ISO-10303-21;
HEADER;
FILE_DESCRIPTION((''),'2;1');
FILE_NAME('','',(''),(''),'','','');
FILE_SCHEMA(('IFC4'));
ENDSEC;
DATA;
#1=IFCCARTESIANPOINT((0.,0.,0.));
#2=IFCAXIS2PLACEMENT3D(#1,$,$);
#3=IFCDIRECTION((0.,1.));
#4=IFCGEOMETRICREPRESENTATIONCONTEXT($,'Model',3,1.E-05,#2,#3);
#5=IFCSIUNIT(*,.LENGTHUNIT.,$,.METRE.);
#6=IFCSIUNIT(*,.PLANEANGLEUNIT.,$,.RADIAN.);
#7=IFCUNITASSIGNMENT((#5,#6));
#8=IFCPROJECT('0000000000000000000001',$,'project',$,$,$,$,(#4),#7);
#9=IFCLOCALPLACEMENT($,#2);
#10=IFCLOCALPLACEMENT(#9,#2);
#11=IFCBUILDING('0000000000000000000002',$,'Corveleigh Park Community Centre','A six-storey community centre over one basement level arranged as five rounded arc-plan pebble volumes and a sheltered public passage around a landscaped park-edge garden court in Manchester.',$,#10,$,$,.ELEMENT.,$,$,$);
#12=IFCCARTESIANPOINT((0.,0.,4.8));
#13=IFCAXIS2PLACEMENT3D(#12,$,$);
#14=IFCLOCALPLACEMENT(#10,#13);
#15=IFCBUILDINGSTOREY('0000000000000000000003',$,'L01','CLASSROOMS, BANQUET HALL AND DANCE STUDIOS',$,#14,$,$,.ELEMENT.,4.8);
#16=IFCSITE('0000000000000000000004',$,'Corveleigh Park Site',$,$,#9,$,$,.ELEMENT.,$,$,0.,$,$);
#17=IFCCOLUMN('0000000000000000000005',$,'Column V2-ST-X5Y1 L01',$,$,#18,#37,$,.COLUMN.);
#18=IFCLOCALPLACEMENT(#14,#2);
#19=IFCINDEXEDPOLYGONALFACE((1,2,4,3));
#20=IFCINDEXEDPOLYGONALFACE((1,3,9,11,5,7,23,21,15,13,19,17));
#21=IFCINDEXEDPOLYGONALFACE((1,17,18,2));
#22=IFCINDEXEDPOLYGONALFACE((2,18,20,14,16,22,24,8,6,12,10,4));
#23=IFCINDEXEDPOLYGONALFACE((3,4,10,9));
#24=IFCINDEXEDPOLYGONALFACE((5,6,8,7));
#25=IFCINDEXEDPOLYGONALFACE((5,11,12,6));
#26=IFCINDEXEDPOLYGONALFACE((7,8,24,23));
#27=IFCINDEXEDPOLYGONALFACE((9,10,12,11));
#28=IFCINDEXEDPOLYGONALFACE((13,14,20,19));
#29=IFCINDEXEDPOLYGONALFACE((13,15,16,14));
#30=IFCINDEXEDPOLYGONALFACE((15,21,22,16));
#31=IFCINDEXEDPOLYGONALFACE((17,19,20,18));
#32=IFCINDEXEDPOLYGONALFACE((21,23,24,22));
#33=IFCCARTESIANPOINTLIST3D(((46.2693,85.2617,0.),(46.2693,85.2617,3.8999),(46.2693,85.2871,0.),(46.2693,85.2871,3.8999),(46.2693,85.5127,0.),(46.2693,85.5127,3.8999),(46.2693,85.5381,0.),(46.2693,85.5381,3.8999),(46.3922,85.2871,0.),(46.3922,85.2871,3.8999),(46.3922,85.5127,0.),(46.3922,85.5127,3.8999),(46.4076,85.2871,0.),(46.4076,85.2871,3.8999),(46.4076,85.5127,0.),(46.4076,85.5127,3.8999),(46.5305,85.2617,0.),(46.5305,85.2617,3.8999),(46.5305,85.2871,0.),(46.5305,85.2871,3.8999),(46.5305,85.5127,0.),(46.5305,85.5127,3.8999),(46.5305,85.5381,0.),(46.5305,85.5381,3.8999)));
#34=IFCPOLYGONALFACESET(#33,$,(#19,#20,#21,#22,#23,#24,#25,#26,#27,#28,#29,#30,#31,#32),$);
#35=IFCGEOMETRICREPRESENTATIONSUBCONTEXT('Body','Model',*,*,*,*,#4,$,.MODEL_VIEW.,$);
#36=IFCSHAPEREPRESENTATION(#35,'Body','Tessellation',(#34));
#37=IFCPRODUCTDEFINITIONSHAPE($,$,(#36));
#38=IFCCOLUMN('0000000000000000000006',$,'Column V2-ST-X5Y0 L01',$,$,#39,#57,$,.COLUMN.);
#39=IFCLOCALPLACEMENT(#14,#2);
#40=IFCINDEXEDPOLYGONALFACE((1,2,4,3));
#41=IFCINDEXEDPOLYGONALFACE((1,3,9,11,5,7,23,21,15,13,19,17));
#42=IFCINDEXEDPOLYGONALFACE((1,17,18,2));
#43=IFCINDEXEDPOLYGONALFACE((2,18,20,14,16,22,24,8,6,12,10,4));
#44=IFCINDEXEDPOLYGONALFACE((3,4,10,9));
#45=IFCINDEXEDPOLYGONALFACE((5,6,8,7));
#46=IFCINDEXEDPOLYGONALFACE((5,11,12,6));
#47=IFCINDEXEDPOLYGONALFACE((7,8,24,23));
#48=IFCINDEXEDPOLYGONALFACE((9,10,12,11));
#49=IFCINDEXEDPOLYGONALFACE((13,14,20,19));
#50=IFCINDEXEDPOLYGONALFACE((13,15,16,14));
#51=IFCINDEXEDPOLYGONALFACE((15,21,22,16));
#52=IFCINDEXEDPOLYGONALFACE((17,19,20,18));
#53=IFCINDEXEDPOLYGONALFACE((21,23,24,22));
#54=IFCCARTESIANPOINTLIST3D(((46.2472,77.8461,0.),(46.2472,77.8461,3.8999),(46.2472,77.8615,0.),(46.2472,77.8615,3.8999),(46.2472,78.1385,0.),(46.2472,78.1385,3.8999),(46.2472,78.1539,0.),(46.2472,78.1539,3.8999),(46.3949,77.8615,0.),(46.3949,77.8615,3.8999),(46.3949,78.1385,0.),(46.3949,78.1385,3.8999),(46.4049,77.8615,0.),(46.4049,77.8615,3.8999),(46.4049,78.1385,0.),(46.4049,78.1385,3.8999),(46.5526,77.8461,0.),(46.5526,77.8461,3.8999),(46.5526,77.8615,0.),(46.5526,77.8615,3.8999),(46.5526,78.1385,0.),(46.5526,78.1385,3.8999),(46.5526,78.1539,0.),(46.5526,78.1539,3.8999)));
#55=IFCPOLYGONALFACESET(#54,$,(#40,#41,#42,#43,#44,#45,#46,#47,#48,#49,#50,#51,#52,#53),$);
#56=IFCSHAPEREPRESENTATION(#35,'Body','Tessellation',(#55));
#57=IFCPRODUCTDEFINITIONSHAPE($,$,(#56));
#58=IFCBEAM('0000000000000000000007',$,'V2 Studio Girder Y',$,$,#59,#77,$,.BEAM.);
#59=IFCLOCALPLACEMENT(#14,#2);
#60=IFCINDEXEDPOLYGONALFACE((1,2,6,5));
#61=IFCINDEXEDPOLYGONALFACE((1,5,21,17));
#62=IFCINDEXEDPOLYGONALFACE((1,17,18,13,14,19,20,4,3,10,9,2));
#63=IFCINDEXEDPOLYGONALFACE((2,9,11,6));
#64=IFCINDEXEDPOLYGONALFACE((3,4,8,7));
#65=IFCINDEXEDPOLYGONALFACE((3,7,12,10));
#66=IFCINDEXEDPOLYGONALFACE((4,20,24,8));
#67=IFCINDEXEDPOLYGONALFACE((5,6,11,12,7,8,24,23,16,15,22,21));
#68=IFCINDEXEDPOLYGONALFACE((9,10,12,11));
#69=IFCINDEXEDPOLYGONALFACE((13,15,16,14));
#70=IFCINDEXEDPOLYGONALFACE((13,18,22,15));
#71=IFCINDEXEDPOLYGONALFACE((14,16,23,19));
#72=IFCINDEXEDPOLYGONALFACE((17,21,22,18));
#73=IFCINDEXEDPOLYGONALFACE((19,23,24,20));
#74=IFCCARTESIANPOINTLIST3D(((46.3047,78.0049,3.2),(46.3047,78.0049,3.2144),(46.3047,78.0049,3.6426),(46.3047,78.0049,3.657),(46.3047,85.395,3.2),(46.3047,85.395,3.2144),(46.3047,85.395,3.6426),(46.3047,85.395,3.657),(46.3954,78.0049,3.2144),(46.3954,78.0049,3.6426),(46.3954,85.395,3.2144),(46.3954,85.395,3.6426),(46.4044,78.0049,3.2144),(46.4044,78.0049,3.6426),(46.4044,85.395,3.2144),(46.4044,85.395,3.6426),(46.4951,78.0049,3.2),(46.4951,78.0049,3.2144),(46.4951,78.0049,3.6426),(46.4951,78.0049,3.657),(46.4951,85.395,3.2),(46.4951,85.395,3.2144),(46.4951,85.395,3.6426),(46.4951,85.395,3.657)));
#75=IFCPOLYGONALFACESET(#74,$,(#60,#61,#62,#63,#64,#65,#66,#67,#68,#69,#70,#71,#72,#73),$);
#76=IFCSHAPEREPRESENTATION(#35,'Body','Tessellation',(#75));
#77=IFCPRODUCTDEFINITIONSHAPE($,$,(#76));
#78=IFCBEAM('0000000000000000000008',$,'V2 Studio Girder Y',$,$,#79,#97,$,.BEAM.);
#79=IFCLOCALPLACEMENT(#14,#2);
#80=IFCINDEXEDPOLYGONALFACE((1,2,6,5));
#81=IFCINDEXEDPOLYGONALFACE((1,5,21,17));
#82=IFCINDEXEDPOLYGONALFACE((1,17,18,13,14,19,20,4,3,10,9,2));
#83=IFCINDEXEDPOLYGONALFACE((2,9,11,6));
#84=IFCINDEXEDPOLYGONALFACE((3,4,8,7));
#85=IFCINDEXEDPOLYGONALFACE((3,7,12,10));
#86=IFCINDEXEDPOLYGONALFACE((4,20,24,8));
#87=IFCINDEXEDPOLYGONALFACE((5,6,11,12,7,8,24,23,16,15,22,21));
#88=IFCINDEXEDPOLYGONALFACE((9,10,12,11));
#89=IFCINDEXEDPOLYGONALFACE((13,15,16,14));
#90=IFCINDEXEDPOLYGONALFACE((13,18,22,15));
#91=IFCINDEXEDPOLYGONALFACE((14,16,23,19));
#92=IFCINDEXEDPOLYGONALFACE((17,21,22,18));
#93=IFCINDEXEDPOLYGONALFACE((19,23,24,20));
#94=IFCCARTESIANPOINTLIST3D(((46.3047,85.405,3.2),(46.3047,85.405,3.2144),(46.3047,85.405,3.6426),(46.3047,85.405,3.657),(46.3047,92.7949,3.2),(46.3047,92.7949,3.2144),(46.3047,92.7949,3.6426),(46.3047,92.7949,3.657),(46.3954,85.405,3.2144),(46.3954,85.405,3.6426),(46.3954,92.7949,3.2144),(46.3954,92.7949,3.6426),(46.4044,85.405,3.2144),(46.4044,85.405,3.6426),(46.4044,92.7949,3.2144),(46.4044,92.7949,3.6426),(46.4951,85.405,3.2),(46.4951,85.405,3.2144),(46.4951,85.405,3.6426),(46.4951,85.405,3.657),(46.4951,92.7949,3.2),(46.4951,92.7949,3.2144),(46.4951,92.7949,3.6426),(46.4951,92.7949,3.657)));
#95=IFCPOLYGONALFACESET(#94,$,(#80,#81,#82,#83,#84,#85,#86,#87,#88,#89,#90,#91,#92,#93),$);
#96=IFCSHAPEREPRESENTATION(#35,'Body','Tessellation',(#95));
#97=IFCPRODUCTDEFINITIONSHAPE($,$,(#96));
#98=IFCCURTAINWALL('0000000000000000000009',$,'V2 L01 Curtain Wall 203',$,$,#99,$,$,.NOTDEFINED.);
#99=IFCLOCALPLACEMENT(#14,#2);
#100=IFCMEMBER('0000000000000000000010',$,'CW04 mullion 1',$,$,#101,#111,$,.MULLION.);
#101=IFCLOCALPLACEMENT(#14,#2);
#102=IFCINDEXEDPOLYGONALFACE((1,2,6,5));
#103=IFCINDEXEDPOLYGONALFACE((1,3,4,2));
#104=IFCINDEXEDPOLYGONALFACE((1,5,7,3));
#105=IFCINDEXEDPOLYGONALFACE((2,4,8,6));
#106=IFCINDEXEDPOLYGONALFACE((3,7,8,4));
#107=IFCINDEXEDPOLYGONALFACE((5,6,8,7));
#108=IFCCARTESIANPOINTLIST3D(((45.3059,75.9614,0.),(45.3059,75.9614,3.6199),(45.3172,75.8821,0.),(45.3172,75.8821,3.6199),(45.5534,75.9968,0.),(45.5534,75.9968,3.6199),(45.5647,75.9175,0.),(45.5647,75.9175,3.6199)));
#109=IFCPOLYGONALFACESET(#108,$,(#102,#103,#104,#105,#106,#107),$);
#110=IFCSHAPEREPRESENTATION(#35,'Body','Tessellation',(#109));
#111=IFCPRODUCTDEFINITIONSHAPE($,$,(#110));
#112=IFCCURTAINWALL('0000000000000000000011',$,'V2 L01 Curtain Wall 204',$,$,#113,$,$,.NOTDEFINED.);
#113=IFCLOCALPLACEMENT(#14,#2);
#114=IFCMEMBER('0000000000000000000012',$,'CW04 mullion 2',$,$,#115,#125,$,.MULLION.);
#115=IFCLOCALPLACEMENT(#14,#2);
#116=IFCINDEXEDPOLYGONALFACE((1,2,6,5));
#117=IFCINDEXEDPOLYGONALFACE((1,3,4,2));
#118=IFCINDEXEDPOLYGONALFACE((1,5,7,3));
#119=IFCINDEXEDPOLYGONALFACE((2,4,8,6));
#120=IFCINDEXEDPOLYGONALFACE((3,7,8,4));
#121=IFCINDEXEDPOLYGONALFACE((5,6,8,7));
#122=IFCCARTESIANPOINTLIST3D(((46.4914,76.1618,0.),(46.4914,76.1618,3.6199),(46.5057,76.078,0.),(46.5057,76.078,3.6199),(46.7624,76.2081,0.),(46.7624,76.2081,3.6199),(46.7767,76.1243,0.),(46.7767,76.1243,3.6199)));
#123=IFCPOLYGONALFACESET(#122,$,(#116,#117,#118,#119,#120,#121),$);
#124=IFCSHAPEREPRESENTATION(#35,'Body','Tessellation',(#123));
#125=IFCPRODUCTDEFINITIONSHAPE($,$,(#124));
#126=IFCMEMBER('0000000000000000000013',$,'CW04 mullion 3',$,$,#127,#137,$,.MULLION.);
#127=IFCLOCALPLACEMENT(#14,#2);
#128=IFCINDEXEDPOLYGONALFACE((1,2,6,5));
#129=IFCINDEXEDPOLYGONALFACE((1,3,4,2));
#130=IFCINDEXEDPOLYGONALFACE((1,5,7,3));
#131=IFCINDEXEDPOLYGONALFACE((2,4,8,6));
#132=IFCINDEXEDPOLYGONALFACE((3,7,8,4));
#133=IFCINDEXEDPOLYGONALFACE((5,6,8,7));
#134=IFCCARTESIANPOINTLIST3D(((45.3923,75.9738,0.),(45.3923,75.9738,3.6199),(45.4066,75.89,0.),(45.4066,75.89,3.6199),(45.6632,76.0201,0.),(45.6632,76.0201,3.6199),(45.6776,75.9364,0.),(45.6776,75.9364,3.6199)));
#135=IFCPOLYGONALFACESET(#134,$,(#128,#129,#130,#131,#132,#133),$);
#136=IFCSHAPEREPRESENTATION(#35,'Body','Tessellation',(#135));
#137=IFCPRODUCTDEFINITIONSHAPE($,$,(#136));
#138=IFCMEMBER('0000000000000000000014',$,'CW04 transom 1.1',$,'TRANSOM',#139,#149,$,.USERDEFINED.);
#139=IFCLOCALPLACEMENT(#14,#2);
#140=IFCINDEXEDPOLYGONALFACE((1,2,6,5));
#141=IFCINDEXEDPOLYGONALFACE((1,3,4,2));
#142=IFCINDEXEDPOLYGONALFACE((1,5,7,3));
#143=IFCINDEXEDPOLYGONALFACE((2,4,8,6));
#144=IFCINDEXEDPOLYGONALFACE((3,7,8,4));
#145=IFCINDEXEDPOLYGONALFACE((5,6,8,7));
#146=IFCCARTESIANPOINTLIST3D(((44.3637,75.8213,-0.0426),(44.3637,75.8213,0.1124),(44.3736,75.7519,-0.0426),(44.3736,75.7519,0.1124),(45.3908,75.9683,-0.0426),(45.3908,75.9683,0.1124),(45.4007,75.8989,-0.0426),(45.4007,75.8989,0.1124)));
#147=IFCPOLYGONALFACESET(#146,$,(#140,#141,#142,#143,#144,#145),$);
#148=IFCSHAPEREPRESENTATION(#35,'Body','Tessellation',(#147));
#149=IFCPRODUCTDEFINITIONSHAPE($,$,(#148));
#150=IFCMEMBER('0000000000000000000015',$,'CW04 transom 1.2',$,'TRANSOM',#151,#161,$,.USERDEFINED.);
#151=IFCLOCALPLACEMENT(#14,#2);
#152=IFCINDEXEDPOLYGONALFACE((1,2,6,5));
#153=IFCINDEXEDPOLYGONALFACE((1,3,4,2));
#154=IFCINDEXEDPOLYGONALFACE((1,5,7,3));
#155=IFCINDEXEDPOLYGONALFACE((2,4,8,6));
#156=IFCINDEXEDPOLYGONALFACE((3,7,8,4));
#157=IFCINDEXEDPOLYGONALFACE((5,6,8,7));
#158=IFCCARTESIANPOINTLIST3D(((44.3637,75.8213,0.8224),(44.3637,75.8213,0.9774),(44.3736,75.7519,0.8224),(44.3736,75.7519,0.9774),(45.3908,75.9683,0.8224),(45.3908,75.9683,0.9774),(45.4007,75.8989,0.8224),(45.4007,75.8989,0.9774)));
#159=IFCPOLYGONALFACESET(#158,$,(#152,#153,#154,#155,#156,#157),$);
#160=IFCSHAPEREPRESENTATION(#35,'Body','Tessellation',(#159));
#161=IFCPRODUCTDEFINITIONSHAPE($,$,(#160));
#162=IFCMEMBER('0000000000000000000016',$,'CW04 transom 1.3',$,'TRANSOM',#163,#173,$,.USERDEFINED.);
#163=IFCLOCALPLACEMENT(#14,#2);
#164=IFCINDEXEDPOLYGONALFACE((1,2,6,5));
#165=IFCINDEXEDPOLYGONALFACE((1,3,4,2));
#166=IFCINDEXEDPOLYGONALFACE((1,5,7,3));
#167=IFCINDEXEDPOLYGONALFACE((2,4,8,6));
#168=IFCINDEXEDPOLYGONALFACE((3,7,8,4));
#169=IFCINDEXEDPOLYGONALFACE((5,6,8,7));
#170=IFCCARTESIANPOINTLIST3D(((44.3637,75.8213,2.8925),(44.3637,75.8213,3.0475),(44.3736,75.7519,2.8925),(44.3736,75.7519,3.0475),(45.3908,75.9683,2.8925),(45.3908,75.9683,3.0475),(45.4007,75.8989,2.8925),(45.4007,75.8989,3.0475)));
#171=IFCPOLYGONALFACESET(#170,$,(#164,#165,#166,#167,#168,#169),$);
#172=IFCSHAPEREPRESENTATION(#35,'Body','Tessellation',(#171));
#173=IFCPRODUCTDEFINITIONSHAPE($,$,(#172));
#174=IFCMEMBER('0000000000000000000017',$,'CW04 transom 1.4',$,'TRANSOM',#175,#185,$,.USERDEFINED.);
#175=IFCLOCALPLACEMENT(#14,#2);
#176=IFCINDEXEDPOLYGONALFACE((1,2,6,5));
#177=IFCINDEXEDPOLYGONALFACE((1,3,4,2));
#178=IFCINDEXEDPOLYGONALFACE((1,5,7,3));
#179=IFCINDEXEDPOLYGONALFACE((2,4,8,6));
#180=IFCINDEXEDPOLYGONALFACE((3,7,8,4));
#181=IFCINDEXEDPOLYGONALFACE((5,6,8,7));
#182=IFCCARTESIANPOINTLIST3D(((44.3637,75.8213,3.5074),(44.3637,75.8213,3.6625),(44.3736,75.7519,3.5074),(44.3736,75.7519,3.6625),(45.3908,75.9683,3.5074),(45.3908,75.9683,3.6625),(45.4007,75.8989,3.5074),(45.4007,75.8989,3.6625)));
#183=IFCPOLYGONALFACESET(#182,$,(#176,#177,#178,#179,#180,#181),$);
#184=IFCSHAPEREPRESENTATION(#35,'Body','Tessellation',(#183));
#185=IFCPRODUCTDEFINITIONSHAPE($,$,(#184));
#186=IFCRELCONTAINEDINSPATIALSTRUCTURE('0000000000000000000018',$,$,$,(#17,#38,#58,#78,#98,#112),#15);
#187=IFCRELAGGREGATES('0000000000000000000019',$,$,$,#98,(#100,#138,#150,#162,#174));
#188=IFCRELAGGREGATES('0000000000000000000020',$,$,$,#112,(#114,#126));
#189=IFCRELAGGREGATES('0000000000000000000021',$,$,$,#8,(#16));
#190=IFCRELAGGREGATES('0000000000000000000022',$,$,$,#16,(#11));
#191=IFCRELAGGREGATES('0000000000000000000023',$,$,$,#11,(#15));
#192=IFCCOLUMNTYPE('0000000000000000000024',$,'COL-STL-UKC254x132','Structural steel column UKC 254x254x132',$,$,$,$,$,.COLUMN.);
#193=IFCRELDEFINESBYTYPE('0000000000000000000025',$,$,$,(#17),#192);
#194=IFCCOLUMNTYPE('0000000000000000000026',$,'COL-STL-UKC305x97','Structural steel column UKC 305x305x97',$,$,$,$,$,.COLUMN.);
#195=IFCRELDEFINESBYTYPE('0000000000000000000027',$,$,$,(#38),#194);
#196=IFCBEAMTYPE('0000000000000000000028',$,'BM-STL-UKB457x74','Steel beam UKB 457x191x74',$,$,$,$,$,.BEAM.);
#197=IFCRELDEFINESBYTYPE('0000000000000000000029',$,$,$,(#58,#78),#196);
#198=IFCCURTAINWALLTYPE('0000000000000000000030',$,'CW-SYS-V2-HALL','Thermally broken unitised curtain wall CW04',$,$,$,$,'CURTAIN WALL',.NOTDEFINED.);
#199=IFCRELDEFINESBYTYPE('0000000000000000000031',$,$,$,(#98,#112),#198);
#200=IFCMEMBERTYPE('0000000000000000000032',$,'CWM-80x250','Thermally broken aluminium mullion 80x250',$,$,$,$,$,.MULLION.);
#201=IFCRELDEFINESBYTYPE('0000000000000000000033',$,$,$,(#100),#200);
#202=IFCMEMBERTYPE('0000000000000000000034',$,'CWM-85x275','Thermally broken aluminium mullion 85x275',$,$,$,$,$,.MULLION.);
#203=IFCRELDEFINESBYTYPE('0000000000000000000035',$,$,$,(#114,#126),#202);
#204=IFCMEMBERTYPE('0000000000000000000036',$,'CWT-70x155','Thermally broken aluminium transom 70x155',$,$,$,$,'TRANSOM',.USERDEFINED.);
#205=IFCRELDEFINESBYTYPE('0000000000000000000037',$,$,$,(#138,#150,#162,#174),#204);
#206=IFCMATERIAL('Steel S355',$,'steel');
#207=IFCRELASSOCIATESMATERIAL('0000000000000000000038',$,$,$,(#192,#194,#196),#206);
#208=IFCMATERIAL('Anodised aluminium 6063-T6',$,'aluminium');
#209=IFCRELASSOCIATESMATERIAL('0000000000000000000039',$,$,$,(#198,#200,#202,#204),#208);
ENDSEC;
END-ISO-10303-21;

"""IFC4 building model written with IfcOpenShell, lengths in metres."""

from ifc_helpers import new_model, si_unit, direction, frame, origin, origin_2d, place, context, subcontext, project, spatial, rectangle, i_section, extrude, material, material_profile, profile_set, type_object, element, aggregate, save


model = new_model("IFC4")

# Units and contexts
model_context = context("Model", 3, precision=1e-05, world=origin(), true_north=direction((0.0, 1.0)))
body_context = subcontext(model_context, "Body", "Model", "MODEL_VIEW")
ifc_project = project(units=[si_unit("LENGTHUNIT", "METRE"), si_unit("PLANEANGLEUNIT", "RADIAN")], contexts=[model_context])

# Site, building, storey
site_placement = place(None, origin())
site = spatial("IfcSite", under=ifc_project, at=site_placement, Name="Corveleigh Park Site", CompositionType="ELEMENT", RefElevation=0.0)
building_placement = place(site_placement, origin())
building = spatial("IfcBuilding", under=site, at=building_placement, Name="Corveleigh Park Community Centre", Description="A six-storey community centre over one basement level arranged as five rounded arc-plan pebble volumes and a sheltered public passage around a landscaped park-edge garden court in Manchester.", CompositionType="ELEMENT")
storey_placement = place(building_placement, frame((0.0, 0.0, 4.8)))
storey = spatial("IfcBuildingStorey", under=building, at=storey_placement, Name="L01", Description="CLASSROOMS, BANQUET HALL AND DANCE STUDIOS", CompositionType="ELEMENT", Elevation=4.8)

# Columns
ifc_material_1 = material(Name="Steel S355", Category="steel")
ifc_material_profile_1 = material_profile(ifc_material_1, i_section(OverallWidth=0.2612, OverallDepth=0.2764, WebThickness=0.0154, FlangeThickness=0.0254, at=origin_2d()), Name="UKC 254x254x132", Category="steel")
ifc_profile_set_1 = profile_set([ifc_material_profile_1], Name="Steel S355")
column_type_1 = type_object("IfcColumnType", Name="COL-STL-UKC254x132", Description="Structural steel column UKC 254x254x132", PredefinedType="COLUMN", material=ifc_profile_set_1)
column_1_placement = place(storey_placement, frame((46.3999, 85.3999, 0.0), z_axis=(0.0, 0.0, 1.0), x_axis=(1.0, 0.0, 0.0)))
element("IfcColumn", 1, at=column_1_placement, inside=storey, type_object=column_type_1, Name="Column V2-ST-X5Y1 L01", PredefinedType="COLUMN", context=body_context, shape_type="SweptSolid", body=[
    extrude(i_section(OverallWidth=0.2612, OverallDepth=0.2764, WebThickness=0.0154, FlangeThickness=0.0254, at=origin_2d()), origin(), (0.0, 0.0, 1.0), 3.8999),
])
ifc_material_profile_2 = material_profile(ifc_material_1, i_section(OverallWidth=0.3054, OverallDepth=0.3079, WebThickness=0.01, FlangeThickness=0.0154, at=origin_2d()), Name="UKC 305x305x97", Category="steel")
ifc_profile_set_2 = profile_set([ifc_material_profile_2], Name="Steel S355")
column_type_2 = type_object("IfcColumnType", Name="COL-STL-UKC305x97", Description="Structural steel column UKC 305x305x97", PredefinedType="COLUMN", material=ifc_profile_set_2)
column_2_placement = place(storey_placement, frame((46.3999, 78.0, 0.0), z_axis=(0.0, 0.0, 1.0), x_axis=(1.0, 0.0, 0.0)))
element("IfcColumn", 2, at=column_2_placement, inside=storey, type_object=column_type_2, Name="Column V2-ST-X5Y0 L01", PredefinedType="COLUMN", context=body_context, shape_type="SweptSolid", body=[
    extrude(i_section(OverallWidth=0.3054, OverallDepth=0.3079, WebThickness=0.01, FlangeThickness=0.0154, at=origin_2d()), origin(), (0.0, 0.0, 1.0), 3.8999),
])

# Beams
ifc_material_profile_3 = material_profile(ifc_material_1, i_section(OverallWidth=0.1904, OverallDepth=0.457, WebThickness=0.009, FlangeThickness=0.0144, at=origin_2d()), Name="UKB 457x191x74", Category="steel")
ifc_profile_set_3 = profile_set([ifc_material_profile_3], Name="Steel S355")
beam_type = type_object("IfcBeamType", Name="BM-STL-UKB457x74", Description="Steel beam UKB 457x191x74", PredefinedType="BEAM", material=ifc_profile_set_3)
beam_1_placement = place(storey_placement, frame((46.3999, 78.0049, 3.4285), z_axis=(0.0, 1.0, 0.0), x_axis=(-1.0, 0.0, 0.0)))
element("IfcBeam", 3, at=beam_1_placement, inside=storey, type_object=beam_type, Name="V2 Studio Girder Y", PredefinedType="BEAM", context=body_context, shape_type="SweptSolid", body=[
    extrude(i_section(OverallWidth=0.1904, OverallDepth=0.457, WebThickness=0.009, FlangeThickness=0.0144, at=origin_2d()), origin(), (0.0, 0.0, 1.0), 7.3901),
])
beam_2_placement = place(storey_placement, frame((46.3999, 85.405, 3.4285), z_axis=(0.0, 1.0, 0.0), x_axis=(-1.0, 0.0, 0.0)))
element("IfcBeam", 4, at=beam_2_placement, inside=storey, type_object=beam_type, Name="V2 Studio Girder Y", PredefinedType="BEAM", context=body_context, shape_type="SweptSolid", body=[
    extrude(i_section(OverallWidth=0.1904, OverallDepth=0.457, WebThickness=0.009, FlangeThickness=0.0144, at=origin_2d()), origin(), (0.0, 0.0, 1.0), 7.3899),
])

# Curtain wall, member
ifc_material_2 = material(Name="Anodised aluminium 6063-T6", Category="aluminium")
curtain_wall_type = type_object("IfcCurtainWallType", Name="CW-SYS-V2-HALL", Description="Thermally broken unitised curtain wall CW04", ElementType="CURTAIN WALL", PredefinedType="NOTDEFINED", material=ifc_material_2)
curtain_wall_1_placement = place(storey_placement, origin())
curtain_wall_1 = element("IfcCurtainWall", 5, at=curtain_wall_1_placement, inside=storey, type_object=curtain_wall_type, Name="V2 L01 Curtain Wall 203", PredefinedType="NOTDEFINED")
ifc_material_profile_4 = material_profile(ifc_material_2, rectangle(XDim=0.0801, YDim=0.25, at=origin_2d()), Name="ALU-M80x250", Category="aluminium")
ifc_profile_set_4 = profile_set([ifc_material_profile_4], Name="Anodised aluminium 6063-T6")
member_type_1 = type_object("IfcMemberType", Name="CWM-80x250", Description="Thermally broken aluminium mullion 80x250", PredefinedType="MULLION", material=ifc_profile_set_4)
member_1_placement = place(storey_placement, frame((45.4353, 75.9395, 0.0), z_axis=(0.0, 0.0, 1.0), x_axis=(0.141663, -0.989915, 0.0)))
member_1 = element("IfcMember", 6, at=member_1_placement, type_object=member_type_1, Name="CW04 mullion 1", PredefinedType="MULLION", context=body_context, shape_type="SweptSolid", body=[
    extrude(rectangle(XDim=0.0801, YDim=0.25, at=origin_2d()), origin(), (0.0, 0.0, 1.0), 3.6199),
])

# Curtain wall, members
curtain_wall_2_placement = place(storey_placement, origin())
curtain_wall_2 = element("IfcCurtainWall", 7, at=curtain_wall_2_placement, inside=storey, type_object=curtain_wall_type, Name="V2 L01 Curtain Wall 204", PredefinedType="NOTDEFINED")
ifc_material_profile_5 = material_profile(ifc_material_2, rectangle(XDim=0.085, YDim=0.2749, at=origin_2d()), Name="ALU-M85x275", Category="aluminium")
ifc_profile_set_5 = profile_set([ifc_material_profile_5], Name="Anodised aluminium 6063-T6")
member_type_2 = type_object("IfcMemberType", Name="CWM-85x275", Description="Thermally broken aluminium mullion 85x275", PredefinedType="MULLION", material=ifc_profile_set_5)
member_2_placement = place(storey_placement, frame((46.634, 76.1431, 0.0), z_axis=(0.0, 0.0, 1.0), x_axis=(0.16846, -0.985708, 0.0)))
member_2 = element("IfcMember", 8, at=member_2_placement, type_object=member_type_2, Name="CW04 mullion 2", PredefinedType="MULLION", context=body_context, shape_type="SweptSolid", body=[
    extrude(rectangle(XDim=0.085, YDim=0.2749, at=origin_2d()), origin(), (0.0, 0.0, 1.0), 3.6199),
])
member_3_placement = place(storey_placement, frame((45.5349, 75.9551, 0.0), z_axis=(0.0, 0.0, 1.0), x_axis=(0.16846, -0.985708, 0.0)))
member_3 = element("IfcMember", 9, at=member_3_placement, type_object=member_type_2, Name="CW04 mullion 3", PredefinedType="MULLION", context=body_context, shape_type="SweptSolid", body=[
    extrude(rectangle(XDim=0.085, YDim=0.2749, at=origin_2d()), origin(), (0.0, 0.0, 1.0), 3.6199),
])

# Members
ifc_material_profile_6 = material_profile(ifc_material_2, rectangle(XDim=0.0701, YDim=0.155, at=origin_2d()), Name="ALU-T70x155", Category="aluminium")
ifc_profile_set_6 = profile_set([ifc_material_profile_6], Name="Anodised aluminium 6063-T6")
member_type_3 = type_object("IfcMemberType", Name="CWT-70x155", Description="Thermally broken aluminium transom 70x155", ElementType="TRANSOM", PredefinedType="USERDEFINED", material=ifc_profile_set_6)
member_4_placement = place(storey_placement, frame((45.3958, 75.9336, 0.0349), z_axis=(-0.989917, -0.141652, 0.0), x_axis=(0.141652, -0.989917, 0.0)))
member_4 = element("IfcMember", 10, at=member_4_placement, type_object=member_type_3, Name="CW04 transom 1.1", ObjectType="TRANSOM", PredefinedType="USERDEFINED", context=body_context, shape_type="SweptSolid", body=[
    extrude(rectangle(XDim=0.0701, YDim=0.155, at=origin_2d()), origin(), (0.0, 0.0, 1.0), 1.0376),
])
member_5_placement = place(storey_placement, frame((45.3958, 75.9336, 0.8999), z_axis=(-0.989917, -0.141652, 0.0), x_axis=(0.141652, -0.989917, 0.0)))
member_5 = element("IfcMember", 11, at=member_5_placement, type_object=member_type_3, Name="CW04 transom 1.2", ObjectType="TRANSOM", PredefinedType="USERDEFINED", context=body_context, shape_type="SweptSolid", body=[
    extrude(rectangle(XDim=0.0701, YDim=0.155, at=origin_2d()), origin(), (0.0, 0.0, 1.0), 1.0376),
])
member_6_placement = place(storey_placement, frame((45.3958, 75.9336, 2.97), z_axis=(-0.989917, -0.141652, 0.0), x_axis=(0.141652, -0.989917, 0.0)))
member_6 = element("IfcMember", 12, at=member_6_placement, type_object=member_type_3, Name="CW04 transom 1.3", ObjectType="TRANSOM", PredefinedType="USERDEFINED", context=body_context, shape_type="SweptSolid", body=[
    extrude(rectangle(XDim=0.0701, YDim=0.155, at=origin_2d()), origin(), (0.0, 0.0, 1.0), 1.0376),
])
member_7_placement = place(storey_placement, frame((45.3958, 75.9336, 3.585), z_axis=(-0.989917, -0.141652, 0.0), x_axis=(0.141652, -0.989917, 0.0)))
member_7 = element("IfcMember", 13, at=member_7_placement, type_object=member_type_3, Name="CW04 transom 1.4", ObjectType="TRANSOM", PredefinedType="USERDEFINED", context=body_context, shape_type="SweptSolid", body=[
    extrude(rectangle(XDim=0.0701, YDim=0.155, at=origin_2d()), origin(), (0.0, 0.0, 1.0), 1.0376),
])

aggregate(curtain_wall_1, [member_1, member_4, member_5, member_6, member_7])
aggregate(curtain_wall_2, [member_2, member_3])

save(model, "model.ifc")
